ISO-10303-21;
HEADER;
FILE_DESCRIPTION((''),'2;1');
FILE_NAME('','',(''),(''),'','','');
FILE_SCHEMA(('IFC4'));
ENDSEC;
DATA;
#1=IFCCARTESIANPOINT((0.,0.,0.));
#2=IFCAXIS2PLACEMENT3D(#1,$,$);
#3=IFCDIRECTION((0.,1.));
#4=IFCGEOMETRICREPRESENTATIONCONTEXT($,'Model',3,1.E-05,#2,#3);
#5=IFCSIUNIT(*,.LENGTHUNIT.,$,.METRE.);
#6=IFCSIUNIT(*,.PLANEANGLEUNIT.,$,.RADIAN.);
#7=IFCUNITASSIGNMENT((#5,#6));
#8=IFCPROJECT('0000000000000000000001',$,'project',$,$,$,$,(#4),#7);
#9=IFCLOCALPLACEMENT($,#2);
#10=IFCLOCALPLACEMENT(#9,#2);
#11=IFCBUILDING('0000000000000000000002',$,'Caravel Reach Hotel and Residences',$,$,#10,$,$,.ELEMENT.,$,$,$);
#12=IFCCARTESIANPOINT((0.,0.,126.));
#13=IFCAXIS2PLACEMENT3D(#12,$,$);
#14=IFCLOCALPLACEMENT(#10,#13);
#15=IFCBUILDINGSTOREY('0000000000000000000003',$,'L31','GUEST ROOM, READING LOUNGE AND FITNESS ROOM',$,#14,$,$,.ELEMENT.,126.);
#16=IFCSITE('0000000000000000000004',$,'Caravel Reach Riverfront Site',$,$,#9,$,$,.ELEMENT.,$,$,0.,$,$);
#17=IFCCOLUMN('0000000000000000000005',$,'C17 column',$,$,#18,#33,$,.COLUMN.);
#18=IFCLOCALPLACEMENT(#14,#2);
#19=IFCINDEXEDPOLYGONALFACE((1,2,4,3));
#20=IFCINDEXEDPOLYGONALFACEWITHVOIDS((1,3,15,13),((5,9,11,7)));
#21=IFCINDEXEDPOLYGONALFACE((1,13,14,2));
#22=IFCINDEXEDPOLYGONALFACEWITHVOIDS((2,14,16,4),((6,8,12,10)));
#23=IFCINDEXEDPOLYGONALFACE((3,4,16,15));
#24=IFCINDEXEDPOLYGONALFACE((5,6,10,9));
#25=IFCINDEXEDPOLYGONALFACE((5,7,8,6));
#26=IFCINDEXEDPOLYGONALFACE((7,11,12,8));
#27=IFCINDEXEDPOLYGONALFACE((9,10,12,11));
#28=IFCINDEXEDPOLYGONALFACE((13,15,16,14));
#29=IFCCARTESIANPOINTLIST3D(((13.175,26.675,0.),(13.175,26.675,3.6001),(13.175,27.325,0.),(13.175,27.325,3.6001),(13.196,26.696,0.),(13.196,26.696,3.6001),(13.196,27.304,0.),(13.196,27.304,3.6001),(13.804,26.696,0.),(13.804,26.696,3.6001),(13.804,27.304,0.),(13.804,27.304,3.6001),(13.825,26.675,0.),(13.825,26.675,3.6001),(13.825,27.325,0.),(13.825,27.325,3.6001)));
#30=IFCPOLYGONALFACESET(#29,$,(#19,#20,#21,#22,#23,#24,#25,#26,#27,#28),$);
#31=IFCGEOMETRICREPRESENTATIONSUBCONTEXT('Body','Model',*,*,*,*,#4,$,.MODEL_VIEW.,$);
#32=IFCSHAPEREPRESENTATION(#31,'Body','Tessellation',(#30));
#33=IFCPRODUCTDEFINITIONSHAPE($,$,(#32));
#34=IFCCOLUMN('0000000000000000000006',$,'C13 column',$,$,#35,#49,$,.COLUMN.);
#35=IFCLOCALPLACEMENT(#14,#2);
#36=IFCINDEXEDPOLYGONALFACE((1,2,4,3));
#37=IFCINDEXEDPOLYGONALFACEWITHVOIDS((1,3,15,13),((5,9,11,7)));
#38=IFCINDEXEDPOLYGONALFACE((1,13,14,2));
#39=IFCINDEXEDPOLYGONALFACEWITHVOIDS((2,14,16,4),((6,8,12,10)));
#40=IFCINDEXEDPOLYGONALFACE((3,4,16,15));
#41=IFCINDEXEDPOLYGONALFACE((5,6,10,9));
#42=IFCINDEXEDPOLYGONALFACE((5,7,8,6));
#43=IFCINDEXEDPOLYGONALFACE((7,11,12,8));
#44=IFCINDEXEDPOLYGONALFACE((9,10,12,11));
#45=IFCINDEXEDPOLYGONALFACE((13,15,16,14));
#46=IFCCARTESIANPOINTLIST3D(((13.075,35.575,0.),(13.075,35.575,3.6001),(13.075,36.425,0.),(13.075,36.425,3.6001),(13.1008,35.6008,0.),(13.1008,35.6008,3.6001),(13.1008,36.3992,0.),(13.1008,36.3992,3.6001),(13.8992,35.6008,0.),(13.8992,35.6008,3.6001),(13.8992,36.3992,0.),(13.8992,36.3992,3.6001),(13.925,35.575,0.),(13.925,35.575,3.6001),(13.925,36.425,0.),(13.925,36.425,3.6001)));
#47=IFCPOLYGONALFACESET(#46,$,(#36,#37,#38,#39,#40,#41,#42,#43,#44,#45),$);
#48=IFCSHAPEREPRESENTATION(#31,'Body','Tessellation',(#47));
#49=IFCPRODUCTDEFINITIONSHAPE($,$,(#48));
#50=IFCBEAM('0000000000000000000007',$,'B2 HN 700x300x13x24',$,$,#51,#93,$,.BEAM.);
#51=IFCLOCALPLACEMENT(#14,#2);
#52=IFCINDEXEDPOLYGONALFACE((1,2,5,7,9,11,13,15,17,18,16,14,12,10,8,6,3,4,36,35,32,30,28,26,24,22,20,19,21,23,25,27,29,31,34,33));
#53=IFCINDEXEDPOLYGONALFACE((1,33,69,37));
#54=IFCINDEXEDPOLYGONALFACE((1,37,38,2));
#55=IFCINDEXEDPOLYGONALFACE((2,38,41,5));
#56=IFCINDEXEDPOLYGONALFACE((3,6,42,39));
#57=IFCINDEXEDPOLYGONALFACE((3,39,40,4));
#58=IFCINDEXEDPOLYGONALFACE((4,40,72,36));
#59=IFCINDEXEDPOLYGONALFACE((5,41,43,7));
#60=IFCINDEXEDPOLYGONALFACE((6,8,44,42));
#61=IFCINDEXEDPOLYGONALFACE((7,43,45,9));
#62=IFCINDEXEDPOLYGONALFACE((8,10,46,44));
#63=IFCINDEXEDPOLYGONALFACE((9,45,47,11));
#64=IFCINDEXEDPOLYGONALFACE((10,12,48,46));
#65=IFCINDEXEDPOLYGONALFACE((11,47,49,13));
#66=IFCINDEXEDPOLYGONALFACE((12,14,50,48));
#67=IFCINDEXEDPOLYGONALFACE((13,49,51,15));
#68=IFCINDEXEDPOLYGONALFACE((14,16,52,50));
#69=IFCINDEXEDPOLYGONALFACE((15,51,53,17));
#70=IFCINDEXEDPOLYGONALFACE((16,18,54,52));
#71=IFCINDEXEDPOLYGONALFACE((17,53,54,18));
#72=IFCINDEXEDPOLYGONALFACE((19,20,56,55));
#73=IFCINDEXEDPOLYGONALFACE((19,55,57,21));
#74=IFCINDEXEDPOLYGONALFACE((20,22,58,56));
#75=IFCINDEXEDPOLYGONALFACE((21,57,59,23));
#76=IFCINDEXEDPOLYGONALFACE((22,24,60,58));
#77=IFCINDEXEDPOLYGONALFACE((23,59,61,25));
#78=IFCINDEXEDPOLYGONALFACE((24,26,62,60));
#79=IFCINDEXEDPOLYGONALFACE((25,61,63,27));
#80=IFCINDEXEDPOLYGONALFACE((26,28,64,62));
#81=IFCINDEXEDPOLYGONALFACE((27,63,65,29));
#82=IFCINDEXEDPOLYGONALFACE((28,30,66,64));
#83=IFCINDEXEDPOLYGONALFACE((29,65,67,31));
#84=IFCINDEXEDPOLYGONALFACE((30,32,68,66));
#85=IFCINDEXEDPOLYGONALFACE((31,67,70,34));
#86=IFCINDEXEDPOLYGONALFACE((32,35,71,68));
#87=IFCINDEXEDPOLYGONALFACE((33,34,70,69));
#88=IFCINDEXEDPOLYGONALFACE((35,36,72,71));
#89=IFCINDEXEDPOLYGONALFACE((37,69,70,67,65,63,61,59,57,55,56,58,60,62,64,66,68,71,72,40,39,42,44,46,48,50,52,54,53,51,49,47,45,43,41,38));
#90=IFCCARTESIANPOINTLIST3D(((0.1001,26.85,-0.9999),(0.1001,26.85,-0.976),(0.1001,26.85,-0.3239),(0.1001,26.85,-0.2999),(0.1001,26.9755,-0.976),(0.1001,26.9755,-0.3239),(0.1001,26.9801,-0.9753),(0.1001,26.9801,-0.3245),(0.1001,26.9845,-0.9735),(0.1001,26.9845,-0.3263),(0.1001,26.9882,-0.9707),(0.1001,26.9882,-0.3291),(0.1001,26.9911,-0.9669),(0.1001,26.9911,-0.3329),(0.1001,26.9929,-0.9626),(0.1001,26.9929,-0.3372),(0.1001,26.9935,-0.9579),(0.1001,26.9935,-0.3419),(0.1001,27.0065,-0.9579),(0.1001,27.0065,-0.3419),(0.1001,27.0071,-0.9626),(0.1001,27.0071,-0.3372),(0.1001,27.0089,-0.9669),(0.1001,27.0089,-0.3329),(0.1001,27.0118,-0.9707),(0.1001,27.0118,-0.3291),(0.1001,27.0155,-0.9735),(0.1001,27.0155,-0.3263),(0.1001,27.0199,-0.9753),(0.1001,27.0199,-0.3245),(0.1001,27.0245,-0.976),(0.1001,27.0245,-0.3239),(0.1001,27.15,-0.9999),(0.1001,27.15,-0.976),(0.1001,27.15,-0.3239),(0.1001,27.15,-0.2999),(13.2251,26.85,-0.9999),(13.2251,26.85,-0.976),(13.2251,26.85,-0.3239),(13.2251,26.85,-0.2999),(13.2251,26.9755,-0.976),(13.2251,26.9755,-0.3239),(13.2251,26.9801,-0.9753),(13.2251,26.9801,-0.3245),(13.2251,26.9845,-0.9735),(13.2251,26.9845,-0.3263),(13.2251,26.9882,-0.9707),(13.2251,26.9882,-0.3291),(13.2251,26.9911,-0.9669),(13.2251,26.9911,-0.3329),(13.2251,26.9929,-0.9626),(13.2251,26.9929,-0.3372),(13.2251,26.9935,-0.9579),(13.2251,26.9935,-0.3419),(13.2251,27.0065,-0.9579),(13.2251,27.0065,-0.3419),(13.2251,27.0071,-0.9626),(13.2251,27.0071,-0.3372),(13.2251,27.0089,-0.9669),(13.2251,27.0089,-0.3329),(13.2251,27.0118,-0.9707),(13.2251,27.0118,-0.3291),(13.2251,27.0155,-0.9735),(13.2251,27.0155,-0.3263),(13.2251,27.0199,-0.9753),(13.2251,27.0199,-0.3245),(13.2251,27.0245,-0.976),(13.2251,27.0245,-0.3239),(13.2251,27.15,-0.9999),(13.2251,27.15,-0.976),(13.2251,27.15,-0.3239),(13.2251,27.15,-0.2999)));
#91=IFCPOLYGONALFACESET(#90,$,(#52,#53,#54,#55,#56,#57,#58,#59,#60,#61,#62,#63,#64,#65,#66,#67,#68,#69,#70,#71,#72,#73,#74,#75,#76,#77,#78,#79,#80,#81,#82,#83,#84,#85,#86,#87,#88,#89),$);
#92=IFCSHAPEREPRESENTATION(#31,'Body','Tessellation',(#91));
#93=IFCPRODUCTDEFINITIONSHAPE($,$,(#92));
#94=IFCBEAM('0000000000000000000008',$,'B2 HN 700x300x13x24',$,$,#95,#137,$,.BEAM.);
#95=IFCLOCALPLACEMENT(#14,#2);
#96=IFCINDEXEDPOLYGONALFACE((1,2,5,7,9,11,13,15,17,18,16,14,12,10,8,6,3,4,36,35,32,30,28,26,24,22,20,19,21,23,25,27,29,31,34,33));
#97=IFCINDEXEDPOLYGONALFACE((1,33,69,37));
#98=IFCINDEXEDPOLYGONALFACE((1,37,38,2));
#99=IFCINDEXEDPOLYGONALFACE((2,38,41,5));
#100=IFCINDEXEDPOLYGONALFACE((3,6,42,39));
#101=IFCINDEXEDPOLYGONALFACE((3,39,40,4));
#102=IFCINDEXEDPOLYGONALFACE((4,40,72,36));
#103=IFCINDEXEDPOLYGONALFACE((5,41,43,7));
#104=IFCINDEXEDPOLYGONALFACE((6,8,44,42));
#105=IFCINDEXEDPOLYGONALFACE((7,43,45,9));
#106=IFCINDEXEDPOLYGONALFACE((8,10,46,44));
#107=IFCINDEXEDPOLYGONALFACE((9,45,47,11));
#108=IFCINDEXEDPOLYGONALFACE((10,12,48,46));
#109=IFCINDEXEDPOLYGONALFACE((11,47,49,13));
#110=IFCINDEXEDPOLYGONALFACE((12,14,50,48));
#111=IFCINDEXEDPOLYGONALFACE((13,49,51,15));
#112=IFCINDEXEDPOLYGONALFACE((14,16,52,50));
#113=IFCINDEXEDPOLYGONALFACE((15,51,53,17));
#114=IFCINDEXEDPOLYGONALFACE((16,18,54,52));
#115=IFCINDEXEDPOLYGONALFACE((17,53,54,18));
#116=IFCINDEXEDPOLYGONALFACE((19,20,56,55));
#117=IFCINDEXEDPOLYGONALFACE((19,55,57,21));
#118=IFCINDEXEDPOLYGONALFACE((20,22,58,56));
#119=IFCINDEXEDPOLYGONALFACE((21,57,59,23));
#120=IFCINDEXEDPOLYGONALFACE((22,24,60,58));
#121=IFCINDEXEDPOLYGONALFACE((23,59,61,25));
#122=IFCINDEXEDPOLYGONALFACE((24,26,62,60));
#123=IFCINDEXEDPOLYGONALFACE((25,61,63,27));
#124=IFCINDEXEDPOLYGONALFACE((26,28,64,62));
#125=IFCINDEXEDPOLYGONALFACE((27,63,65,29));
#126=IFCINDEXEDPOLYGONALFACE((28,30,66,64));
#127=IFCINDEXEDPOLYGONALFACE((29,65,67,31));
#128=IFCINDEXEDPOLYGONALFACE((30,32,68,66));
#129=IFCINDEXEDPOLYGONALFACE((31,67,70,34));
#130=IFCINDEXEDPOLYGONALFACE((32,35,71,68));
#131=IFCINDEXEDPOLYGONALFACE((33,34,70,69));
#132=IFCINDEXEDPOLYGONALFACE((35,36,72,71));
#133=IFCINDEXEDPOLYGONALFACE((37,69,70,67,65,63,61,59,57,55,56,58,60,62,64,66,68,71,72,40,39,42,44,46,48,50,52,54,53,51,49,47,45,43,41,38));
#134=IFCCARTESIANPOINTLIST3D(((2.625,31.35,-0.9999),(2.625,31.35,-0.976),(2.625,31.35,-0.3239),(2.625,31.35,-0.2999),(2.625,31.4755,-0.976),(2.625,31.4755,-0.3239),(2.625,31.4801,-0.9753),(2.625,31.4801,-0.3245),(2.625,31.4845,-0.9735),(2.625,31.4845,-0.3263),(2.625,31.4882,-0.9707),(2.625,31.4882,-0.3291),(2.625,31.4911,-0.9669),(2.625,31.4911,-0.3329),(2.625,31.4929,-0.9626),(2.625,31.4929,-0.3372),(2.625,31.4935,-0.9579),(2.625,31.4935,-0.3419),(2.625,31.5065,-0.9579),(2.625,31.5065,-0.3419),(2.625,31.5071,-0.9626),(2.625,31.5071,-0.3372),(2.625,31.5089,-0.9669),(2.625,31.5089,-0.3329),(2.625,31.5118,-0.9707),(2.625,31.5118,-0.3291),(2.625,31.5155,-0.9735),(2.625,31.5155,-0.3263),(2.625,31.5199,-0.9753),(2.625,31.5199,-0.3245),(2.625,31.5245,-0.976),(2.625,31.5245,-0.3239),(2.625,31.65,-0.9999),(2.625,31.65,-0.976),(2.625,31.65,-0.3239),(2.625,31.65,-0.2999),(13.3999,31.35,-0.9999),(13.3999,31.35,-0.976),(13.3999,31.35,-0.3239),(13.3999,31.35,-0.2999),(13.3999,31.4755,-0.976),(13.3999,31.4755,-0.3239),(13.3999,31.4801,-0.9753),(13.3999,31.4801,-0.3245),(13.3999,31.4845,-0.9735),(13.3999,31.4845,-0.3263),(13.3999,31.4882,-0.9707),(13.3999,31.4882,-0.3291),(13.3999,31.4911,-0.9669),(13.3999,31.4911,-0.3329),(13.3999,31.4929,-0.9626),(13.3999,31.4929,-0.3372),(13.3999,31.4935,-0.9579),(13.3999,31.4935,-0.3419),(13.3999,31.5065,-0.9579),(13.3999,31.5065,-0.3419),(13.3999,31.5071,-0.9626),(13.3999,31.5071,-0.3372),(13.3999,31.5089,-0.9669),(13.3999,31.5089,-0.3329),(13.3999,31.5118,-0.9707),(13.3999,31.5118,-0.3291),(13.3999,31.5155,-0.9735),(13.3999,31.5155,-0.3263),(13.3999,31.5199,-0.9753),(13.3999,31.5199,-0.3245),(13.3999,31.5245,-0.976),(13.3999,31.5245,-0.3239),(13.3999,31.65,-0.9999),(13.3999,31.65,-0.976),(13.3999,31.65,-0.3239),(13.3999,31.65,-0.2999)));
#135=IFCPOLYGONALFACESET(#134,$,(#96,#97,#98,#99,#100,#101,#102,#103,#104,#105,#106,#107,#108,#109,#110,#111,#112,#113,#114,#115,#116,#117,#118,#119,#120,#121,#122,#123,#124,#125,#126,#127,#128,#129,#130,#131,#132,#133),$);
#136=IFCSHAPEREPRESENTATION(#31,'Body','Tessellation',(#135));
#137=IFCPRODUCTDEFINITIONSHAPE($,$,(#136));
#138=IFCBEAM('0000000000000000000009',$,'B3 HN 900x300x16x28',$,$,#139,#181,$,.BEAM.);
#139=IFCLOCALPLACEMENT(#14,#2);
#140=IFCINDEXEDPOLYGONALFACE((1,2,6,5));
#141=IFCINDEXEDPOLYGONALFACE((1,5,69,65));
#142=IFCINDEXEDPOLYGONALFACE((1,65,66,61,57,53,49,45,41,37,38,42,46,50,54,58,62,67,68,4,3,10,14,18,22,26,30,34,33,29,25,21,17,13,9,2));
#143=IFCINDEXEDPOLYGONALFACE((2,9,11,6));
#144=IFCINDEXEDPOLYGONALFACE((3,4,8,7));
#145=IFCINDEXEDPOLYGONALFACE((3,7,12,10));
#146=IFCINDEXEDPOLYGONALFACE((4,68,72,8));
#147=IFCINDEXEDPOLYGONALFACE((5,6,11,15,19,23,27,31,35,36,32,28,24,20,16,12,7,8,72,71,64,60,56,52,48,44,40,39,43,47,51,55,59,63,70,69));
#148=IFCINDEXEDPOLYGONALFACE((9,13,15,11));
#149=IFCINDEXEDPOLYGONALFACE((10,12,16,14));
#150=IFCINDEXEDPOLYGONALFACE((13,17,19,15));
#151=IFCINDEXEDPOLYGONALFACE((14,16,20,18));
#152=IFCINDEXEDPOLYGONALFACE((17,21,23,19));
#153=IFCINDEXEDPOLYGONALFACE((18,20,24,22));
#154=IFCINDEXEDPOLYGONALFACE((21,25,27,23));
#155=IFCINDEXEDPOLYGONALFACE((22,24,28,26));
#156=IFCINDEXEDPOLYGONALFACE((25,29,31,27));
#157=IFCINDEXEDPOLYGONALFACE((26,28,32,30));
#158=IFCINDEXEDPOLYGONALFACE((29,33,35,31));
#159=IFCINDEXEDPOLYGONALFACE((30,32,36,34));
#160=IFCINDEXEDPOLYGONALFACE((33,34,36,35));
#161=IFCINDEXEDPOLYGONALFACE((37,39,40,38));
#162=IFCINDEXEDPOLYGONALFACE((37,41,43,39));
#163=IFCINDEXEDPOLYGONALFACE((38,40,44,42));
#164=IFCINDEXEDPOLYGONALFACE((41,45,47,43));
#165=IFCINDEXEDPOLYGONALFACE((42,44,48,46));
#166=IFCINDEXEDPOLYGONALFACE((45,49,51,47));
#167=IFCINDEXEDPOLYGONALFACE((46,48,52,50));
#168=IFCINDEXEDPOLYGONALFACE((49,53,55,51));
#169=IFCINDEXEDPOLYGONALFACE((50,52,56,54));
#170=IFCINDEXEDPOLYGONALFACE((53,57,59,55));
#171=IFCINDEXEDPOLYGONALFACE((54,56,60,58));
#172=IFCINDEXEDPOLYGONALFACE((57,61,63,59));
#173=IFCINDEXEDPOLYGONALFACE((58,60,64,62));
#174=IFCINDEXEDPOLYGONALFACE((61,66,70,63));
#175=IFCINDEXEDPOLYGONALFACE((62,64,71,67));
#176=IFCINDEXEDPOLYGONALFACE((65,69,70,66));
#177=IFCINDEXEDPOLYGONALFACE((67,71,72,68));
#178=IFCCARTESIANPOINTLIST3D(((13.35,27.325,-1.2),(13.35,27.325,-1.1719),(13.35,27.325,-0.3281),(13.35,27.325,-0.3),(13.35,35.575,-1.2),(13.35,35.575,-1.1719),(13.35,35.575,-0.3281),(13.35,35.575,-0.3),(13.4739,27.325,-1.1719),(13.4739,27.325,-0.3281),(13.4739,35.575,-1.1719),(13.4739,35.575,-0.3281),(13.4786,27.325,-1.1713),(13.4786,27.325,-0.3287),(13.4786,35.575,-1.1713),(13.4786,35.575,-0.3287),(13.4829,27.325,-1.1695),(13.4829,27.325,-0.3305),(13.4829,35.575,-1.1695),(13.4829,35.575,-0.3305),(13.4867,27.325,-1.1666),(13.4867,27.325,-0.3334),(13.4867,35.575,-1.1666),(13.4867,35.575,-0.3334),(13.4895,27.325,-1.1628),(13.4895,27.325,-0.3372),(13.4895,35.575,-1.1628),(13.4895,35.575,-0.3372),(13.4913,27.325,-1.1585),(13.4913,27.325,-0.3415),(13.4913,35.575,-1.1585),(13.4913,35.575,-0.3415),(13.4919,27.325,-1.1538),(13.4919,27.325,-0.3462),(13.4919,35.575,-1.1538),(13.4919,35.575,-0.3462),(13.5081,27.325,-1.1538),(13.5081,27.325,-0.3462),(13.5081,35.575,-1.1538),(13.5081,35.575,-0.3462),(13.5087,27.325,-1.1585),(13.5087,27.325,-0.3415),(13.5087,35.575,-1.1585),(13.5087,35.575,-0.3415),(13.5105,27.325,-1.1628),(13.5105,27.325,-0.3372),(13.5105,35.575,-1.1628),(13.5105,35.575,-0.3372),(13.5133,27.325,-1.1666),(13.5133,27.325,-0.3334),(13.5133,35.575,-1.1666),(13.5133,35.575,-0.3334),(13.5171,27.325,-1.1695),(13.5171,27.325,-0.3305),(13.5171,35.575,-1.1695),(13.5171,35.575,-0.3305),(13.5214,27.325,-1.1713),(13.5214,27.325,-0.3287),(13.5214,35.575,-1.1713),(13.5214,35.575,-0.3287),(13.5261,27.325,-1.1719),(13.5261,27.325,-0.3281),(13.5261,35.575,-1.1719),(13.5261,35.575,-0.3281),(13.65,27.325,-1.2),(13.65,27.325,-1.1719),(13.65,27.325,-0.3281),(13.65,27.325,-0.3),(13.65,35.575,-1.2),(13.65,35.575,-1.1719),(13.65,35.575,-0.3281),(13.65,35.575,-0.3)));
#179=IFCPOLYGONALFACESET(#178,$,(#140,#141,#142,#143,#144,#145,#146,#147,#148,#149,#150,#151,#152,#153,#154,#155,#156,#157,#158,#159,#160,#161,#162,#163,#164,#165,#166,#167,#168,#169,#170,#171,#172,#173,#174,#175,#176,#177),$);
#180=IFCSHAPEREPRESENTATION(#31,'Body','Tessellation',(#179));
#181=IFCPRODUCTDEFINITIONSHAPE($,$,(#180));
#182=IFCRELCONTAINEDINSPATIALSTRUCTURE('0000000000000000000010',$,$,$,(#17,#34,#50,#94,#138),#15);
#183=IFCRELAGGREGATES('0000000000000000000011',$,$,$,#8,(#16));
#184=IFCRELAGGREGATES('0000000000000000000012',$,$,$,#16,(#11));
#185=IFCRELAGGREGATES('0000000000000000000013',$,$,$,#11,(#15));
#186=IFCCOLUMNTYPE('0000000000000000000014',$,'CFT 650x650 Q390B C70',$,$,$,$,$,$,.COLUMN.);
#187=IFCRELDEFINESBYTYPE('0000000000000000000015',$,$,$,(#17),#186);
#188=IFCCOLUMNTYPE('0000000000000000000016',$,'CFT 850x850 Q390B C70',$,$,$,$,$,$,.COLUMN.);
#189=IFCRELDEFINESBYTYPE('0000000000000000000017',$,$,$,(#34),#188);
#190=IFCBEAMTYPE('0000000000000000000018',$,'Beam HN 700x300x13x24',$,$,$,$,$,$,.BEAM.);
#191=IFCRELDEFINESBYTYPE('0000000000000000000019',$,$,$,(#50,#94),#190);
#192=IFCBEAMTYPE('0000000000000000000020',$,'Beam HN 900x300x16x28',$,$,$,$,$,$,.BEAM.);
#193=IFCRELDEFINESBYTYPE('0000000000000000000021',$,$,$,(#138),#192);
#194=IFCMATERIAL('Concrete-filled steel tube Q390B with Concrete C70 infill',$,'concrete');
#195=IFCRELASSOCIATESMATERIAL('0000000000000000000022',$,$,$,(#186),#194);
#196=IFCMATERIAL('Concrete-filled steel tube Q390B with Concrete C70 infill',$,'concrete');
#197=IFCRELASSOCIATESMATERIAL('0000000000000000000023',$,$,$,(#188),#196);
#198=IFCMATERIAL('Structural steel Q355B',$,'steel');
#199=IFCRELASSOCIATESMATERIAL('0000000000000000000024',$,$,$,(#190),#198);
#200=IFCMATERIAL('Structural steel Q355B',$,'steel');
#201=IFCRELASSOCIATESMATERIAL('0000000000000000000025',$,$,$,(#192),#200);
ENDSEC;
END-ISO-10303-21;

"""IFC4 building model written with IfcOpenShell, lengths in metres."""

from ifc_helpers import new_model, si_unit, direction, frame, origin, origin_2d, place, context, subcontext, project, spatial, hollow_rectangle, i_section, extrude, material, material_profile, profile_set, type_object, element, save


model = new_model("IFC4")

# Units and contexts
model_context = context("Model", 3, precision=1e-05, world=origin(), true_north=direction((0.0, 1.0)))
body_context = subcontext(model_context, "Body", "Model", "MODEL_VIEW")
ifc_project = project(units=[si_unit("LENGTHUNIT", "METRE"), si_unit("PLANEANGLEUNIT", "RADIAN")], contexts=[model_context])

# Site, building, storey
site_placement = place(None, origin())
site = spatial("IfcSite", under=ifc_project, at=site_placement, Name="Caravel Reach Riverfront Site", CompositionType="ELEMENT", RefElevation=0.0)
building_placement = place(site_placement, origin())
building = spatial("IfcBuilding", under=site, at=building_placement, Name="Caravel Reach Hotel and Residences", CompositionType="ELEMENT")
storey_placement = place(building_placement, frame((0.0, 0.0, 126.0)))
storey = spatial("IfcBuildingStorey", under=building, at=storey_placement, Name="L31", Description="GUEST ROOM, READING LOUNGE AND FITNESS ROOM", CompositionType="ELEMENT", Elevation=126.0)

# Columns
ifc_material_1 = material(Name="Concrete-filled steel tube Q390B with Concrete C70 infill", Category="concrete")
ifc_material_profile_1 = material_profile(ifc_material_1, hollow_rectangle(XDim=0.6499, YDim=0.6499, WallThickness=0.021, at=origin_2d()), Name="RHS 650x650x21")
ifc_profile_set_1 = profile_set([ifc_material_profile_1], Name="Concrete-filled steel tube Q390B with Concrete C70 infill")
column_type_1 = type_object("IfcColumnType", Name="CFT 650x650 Q390B C70", PredefinedType="COLUMN", material=ifc_profile_set_1)
column_1_placement = place(storey_placement, frame((13.5, 27.0, 0.0), z_axis=(0.0, 0.0, 1.0), x_axis=(1.0, 0.0, 0.0)))
element("IfcColumn", 1, at=column_1_placement, inside=storey, type_object=column_type_1, Name="C17 column", PredefinedType="COLUMN", context=body_context, shape_type="SweptSolid", body=[
    extrude(hollow_rectangle(XDim=0.6499, YDim=0.6499, WallThickness=0.021, at=origin_2d()), origin(), (0.0, 0.0, 1.0), 3.6001),
])
ifc_material_2 = material(Name="Concrete-filled steel tube Q390B with Concrete C70 infill", Category="concrete")
ifc_material_profile_2 = material_profile(ifc_material_2, hollow_rectangle(XDim=0.8501, YDim=0.8501, WallThickness=0.0259, at=origin_2d()), Name="RHS 850x850x26")
ifc_profile_set_2 = profile_set([ifc_material_profile_2], Name="Concrete-filled steel tube Q390B with Concrete C70 infill")
column_type_2 = type_object("IfcColumnType", Name="CFT 850x850 Q390B C70", PredefinedType="COLUMN", material=ifc_profile_set_2)
column_2_placement = place(storey_placement, frame((13.5, 36.0, 0.0), z_axis=(0.0, 0.0, 1.0), x_axis=(1.0, 0.0, 0.0)))
element("IfcColumn", 2, at=column_2_placement, inside=storey, type_object=column_type_2, Name="C13 column", PredefinedType="COLUMN", context=body_context, shape_type="SweptSolid", body=[
    extrude(hollow_rectangle(XDim=0.8501, YDim=0.8501, WallThickness=0.0259, at=origin_2d()), origin(), (0.0, 0.0, 1.0), 3.6001),
])

# Beams
ifc_material_3 = material(Name="Structural steel Q355B", Category="steel")
ifc_material_profile_3 = material_profile(ifc_material_3, i_section(OverallWidth=0.3, OverallDepth=0.7, WebThickness=0.0129, FlangeThickness=0.0239, FilletRadius=0.0181, at=origin_2d()), Name="HN 700x300x13x24")
ifc_profile_set_3 = profile_set([ifc_material_profile_3], Name="Structural steel Q355B")
beam_type_1 = type_object("IfcBeamType", Name="Beam HN 700x300x13x24", PredefinedType="BEAM", material=ifc_profile_set_3)
beam_1_placement = place(storey_placement, frame((13.2251, 27.0, -0.6499), z_axis=(-1.0, 0.0, 0.0), x_axis=(0.0, -1.0, 0.0)))
element("IfcBeam", 3, at=beam_1_placement, inside=storey, type_object=beam_type_1, Name="B2 HN 700x300x13x24", PredefinedType="BEAM", context=body_context, shape_type="SweptSolid", body=[
    extrude(i_section(OverallWidth=0.3, OverallDepth=0.7, WebThickness=0.0129, FlangeThickness=0.0239, FilletRadius=0.0181, at=origin_2d()), origin(), (0.0, 0.0, 1.0), 13.125),
])
beam_2_placement = place(storey_placement, frame((13.3999, 31.5, -0.6499), z_axis=(-1.0, 0.0, 0.0), x_axis=(0.0, -1.0, 0.0)))
element("IfcBeam", 4, at=beam_2_placement, inside=storey, type_object=beam_type_1, Name="B2 HN 700x300x13x24", PredefinedType="BEAM", context=body_context, shape_type="SweptSolid", body=[
    extrude(i_section(OverallWidth=0.3, OverallDepth=0.7, WebThickness=0.0129, FlangeThickness=0.0239, FilletRadius=0.0181, at=origin_2d()), origin(), (0.0, 0.0, 1.0), 10.7749),
])
ifc_material_4 = material(Name="Structural steel Q355B", Category="steel")
ifc_material_profile_4 = material_profile(ifc_material_4, i_section(OverallWidth=0.3, OverallDepth=0.8999, WebThickness=0.0161, FlangeThickness=0.0281, FilletRadius=0.0181, at=origin_2d()), Name="HN 900x300x16x28")
ifc_profile_set_4 = profile_set([ifc_material_profile_4], Name="Structural steel Q355B")
beam_type_2 = type_object("IfcBeamType", Name="Beam HN 900x300x16x28", PredefinedType="BEAM", material=ifc_profile_set_4)
beam_3_placement = place(storey_placement, frame((13.5, 27.325, -0.75), z_axis=(0.0, 1.0, 0.0), x_axis=(-1.0, 0.0, 0.0)))
element("IfcBeam", 5, at=beam_3_placement, inside=storey, type_object=beam_type_2, Name="B3 HN 900x300x16x28", PredefinedType="BEAM", context=body_context, shape_type="SweptSolid", body=[
    extrude(i_section(OverallWidth=0.3, OverallDepth=0.8999, WebThickness=0.0161, FlangeThickness=0.0281, FilletRadius=0.0181, at=origin_2d()), origin(), (0.0, 0.0, 1.0), 8.25),
])

save(model, "model.ifc")
